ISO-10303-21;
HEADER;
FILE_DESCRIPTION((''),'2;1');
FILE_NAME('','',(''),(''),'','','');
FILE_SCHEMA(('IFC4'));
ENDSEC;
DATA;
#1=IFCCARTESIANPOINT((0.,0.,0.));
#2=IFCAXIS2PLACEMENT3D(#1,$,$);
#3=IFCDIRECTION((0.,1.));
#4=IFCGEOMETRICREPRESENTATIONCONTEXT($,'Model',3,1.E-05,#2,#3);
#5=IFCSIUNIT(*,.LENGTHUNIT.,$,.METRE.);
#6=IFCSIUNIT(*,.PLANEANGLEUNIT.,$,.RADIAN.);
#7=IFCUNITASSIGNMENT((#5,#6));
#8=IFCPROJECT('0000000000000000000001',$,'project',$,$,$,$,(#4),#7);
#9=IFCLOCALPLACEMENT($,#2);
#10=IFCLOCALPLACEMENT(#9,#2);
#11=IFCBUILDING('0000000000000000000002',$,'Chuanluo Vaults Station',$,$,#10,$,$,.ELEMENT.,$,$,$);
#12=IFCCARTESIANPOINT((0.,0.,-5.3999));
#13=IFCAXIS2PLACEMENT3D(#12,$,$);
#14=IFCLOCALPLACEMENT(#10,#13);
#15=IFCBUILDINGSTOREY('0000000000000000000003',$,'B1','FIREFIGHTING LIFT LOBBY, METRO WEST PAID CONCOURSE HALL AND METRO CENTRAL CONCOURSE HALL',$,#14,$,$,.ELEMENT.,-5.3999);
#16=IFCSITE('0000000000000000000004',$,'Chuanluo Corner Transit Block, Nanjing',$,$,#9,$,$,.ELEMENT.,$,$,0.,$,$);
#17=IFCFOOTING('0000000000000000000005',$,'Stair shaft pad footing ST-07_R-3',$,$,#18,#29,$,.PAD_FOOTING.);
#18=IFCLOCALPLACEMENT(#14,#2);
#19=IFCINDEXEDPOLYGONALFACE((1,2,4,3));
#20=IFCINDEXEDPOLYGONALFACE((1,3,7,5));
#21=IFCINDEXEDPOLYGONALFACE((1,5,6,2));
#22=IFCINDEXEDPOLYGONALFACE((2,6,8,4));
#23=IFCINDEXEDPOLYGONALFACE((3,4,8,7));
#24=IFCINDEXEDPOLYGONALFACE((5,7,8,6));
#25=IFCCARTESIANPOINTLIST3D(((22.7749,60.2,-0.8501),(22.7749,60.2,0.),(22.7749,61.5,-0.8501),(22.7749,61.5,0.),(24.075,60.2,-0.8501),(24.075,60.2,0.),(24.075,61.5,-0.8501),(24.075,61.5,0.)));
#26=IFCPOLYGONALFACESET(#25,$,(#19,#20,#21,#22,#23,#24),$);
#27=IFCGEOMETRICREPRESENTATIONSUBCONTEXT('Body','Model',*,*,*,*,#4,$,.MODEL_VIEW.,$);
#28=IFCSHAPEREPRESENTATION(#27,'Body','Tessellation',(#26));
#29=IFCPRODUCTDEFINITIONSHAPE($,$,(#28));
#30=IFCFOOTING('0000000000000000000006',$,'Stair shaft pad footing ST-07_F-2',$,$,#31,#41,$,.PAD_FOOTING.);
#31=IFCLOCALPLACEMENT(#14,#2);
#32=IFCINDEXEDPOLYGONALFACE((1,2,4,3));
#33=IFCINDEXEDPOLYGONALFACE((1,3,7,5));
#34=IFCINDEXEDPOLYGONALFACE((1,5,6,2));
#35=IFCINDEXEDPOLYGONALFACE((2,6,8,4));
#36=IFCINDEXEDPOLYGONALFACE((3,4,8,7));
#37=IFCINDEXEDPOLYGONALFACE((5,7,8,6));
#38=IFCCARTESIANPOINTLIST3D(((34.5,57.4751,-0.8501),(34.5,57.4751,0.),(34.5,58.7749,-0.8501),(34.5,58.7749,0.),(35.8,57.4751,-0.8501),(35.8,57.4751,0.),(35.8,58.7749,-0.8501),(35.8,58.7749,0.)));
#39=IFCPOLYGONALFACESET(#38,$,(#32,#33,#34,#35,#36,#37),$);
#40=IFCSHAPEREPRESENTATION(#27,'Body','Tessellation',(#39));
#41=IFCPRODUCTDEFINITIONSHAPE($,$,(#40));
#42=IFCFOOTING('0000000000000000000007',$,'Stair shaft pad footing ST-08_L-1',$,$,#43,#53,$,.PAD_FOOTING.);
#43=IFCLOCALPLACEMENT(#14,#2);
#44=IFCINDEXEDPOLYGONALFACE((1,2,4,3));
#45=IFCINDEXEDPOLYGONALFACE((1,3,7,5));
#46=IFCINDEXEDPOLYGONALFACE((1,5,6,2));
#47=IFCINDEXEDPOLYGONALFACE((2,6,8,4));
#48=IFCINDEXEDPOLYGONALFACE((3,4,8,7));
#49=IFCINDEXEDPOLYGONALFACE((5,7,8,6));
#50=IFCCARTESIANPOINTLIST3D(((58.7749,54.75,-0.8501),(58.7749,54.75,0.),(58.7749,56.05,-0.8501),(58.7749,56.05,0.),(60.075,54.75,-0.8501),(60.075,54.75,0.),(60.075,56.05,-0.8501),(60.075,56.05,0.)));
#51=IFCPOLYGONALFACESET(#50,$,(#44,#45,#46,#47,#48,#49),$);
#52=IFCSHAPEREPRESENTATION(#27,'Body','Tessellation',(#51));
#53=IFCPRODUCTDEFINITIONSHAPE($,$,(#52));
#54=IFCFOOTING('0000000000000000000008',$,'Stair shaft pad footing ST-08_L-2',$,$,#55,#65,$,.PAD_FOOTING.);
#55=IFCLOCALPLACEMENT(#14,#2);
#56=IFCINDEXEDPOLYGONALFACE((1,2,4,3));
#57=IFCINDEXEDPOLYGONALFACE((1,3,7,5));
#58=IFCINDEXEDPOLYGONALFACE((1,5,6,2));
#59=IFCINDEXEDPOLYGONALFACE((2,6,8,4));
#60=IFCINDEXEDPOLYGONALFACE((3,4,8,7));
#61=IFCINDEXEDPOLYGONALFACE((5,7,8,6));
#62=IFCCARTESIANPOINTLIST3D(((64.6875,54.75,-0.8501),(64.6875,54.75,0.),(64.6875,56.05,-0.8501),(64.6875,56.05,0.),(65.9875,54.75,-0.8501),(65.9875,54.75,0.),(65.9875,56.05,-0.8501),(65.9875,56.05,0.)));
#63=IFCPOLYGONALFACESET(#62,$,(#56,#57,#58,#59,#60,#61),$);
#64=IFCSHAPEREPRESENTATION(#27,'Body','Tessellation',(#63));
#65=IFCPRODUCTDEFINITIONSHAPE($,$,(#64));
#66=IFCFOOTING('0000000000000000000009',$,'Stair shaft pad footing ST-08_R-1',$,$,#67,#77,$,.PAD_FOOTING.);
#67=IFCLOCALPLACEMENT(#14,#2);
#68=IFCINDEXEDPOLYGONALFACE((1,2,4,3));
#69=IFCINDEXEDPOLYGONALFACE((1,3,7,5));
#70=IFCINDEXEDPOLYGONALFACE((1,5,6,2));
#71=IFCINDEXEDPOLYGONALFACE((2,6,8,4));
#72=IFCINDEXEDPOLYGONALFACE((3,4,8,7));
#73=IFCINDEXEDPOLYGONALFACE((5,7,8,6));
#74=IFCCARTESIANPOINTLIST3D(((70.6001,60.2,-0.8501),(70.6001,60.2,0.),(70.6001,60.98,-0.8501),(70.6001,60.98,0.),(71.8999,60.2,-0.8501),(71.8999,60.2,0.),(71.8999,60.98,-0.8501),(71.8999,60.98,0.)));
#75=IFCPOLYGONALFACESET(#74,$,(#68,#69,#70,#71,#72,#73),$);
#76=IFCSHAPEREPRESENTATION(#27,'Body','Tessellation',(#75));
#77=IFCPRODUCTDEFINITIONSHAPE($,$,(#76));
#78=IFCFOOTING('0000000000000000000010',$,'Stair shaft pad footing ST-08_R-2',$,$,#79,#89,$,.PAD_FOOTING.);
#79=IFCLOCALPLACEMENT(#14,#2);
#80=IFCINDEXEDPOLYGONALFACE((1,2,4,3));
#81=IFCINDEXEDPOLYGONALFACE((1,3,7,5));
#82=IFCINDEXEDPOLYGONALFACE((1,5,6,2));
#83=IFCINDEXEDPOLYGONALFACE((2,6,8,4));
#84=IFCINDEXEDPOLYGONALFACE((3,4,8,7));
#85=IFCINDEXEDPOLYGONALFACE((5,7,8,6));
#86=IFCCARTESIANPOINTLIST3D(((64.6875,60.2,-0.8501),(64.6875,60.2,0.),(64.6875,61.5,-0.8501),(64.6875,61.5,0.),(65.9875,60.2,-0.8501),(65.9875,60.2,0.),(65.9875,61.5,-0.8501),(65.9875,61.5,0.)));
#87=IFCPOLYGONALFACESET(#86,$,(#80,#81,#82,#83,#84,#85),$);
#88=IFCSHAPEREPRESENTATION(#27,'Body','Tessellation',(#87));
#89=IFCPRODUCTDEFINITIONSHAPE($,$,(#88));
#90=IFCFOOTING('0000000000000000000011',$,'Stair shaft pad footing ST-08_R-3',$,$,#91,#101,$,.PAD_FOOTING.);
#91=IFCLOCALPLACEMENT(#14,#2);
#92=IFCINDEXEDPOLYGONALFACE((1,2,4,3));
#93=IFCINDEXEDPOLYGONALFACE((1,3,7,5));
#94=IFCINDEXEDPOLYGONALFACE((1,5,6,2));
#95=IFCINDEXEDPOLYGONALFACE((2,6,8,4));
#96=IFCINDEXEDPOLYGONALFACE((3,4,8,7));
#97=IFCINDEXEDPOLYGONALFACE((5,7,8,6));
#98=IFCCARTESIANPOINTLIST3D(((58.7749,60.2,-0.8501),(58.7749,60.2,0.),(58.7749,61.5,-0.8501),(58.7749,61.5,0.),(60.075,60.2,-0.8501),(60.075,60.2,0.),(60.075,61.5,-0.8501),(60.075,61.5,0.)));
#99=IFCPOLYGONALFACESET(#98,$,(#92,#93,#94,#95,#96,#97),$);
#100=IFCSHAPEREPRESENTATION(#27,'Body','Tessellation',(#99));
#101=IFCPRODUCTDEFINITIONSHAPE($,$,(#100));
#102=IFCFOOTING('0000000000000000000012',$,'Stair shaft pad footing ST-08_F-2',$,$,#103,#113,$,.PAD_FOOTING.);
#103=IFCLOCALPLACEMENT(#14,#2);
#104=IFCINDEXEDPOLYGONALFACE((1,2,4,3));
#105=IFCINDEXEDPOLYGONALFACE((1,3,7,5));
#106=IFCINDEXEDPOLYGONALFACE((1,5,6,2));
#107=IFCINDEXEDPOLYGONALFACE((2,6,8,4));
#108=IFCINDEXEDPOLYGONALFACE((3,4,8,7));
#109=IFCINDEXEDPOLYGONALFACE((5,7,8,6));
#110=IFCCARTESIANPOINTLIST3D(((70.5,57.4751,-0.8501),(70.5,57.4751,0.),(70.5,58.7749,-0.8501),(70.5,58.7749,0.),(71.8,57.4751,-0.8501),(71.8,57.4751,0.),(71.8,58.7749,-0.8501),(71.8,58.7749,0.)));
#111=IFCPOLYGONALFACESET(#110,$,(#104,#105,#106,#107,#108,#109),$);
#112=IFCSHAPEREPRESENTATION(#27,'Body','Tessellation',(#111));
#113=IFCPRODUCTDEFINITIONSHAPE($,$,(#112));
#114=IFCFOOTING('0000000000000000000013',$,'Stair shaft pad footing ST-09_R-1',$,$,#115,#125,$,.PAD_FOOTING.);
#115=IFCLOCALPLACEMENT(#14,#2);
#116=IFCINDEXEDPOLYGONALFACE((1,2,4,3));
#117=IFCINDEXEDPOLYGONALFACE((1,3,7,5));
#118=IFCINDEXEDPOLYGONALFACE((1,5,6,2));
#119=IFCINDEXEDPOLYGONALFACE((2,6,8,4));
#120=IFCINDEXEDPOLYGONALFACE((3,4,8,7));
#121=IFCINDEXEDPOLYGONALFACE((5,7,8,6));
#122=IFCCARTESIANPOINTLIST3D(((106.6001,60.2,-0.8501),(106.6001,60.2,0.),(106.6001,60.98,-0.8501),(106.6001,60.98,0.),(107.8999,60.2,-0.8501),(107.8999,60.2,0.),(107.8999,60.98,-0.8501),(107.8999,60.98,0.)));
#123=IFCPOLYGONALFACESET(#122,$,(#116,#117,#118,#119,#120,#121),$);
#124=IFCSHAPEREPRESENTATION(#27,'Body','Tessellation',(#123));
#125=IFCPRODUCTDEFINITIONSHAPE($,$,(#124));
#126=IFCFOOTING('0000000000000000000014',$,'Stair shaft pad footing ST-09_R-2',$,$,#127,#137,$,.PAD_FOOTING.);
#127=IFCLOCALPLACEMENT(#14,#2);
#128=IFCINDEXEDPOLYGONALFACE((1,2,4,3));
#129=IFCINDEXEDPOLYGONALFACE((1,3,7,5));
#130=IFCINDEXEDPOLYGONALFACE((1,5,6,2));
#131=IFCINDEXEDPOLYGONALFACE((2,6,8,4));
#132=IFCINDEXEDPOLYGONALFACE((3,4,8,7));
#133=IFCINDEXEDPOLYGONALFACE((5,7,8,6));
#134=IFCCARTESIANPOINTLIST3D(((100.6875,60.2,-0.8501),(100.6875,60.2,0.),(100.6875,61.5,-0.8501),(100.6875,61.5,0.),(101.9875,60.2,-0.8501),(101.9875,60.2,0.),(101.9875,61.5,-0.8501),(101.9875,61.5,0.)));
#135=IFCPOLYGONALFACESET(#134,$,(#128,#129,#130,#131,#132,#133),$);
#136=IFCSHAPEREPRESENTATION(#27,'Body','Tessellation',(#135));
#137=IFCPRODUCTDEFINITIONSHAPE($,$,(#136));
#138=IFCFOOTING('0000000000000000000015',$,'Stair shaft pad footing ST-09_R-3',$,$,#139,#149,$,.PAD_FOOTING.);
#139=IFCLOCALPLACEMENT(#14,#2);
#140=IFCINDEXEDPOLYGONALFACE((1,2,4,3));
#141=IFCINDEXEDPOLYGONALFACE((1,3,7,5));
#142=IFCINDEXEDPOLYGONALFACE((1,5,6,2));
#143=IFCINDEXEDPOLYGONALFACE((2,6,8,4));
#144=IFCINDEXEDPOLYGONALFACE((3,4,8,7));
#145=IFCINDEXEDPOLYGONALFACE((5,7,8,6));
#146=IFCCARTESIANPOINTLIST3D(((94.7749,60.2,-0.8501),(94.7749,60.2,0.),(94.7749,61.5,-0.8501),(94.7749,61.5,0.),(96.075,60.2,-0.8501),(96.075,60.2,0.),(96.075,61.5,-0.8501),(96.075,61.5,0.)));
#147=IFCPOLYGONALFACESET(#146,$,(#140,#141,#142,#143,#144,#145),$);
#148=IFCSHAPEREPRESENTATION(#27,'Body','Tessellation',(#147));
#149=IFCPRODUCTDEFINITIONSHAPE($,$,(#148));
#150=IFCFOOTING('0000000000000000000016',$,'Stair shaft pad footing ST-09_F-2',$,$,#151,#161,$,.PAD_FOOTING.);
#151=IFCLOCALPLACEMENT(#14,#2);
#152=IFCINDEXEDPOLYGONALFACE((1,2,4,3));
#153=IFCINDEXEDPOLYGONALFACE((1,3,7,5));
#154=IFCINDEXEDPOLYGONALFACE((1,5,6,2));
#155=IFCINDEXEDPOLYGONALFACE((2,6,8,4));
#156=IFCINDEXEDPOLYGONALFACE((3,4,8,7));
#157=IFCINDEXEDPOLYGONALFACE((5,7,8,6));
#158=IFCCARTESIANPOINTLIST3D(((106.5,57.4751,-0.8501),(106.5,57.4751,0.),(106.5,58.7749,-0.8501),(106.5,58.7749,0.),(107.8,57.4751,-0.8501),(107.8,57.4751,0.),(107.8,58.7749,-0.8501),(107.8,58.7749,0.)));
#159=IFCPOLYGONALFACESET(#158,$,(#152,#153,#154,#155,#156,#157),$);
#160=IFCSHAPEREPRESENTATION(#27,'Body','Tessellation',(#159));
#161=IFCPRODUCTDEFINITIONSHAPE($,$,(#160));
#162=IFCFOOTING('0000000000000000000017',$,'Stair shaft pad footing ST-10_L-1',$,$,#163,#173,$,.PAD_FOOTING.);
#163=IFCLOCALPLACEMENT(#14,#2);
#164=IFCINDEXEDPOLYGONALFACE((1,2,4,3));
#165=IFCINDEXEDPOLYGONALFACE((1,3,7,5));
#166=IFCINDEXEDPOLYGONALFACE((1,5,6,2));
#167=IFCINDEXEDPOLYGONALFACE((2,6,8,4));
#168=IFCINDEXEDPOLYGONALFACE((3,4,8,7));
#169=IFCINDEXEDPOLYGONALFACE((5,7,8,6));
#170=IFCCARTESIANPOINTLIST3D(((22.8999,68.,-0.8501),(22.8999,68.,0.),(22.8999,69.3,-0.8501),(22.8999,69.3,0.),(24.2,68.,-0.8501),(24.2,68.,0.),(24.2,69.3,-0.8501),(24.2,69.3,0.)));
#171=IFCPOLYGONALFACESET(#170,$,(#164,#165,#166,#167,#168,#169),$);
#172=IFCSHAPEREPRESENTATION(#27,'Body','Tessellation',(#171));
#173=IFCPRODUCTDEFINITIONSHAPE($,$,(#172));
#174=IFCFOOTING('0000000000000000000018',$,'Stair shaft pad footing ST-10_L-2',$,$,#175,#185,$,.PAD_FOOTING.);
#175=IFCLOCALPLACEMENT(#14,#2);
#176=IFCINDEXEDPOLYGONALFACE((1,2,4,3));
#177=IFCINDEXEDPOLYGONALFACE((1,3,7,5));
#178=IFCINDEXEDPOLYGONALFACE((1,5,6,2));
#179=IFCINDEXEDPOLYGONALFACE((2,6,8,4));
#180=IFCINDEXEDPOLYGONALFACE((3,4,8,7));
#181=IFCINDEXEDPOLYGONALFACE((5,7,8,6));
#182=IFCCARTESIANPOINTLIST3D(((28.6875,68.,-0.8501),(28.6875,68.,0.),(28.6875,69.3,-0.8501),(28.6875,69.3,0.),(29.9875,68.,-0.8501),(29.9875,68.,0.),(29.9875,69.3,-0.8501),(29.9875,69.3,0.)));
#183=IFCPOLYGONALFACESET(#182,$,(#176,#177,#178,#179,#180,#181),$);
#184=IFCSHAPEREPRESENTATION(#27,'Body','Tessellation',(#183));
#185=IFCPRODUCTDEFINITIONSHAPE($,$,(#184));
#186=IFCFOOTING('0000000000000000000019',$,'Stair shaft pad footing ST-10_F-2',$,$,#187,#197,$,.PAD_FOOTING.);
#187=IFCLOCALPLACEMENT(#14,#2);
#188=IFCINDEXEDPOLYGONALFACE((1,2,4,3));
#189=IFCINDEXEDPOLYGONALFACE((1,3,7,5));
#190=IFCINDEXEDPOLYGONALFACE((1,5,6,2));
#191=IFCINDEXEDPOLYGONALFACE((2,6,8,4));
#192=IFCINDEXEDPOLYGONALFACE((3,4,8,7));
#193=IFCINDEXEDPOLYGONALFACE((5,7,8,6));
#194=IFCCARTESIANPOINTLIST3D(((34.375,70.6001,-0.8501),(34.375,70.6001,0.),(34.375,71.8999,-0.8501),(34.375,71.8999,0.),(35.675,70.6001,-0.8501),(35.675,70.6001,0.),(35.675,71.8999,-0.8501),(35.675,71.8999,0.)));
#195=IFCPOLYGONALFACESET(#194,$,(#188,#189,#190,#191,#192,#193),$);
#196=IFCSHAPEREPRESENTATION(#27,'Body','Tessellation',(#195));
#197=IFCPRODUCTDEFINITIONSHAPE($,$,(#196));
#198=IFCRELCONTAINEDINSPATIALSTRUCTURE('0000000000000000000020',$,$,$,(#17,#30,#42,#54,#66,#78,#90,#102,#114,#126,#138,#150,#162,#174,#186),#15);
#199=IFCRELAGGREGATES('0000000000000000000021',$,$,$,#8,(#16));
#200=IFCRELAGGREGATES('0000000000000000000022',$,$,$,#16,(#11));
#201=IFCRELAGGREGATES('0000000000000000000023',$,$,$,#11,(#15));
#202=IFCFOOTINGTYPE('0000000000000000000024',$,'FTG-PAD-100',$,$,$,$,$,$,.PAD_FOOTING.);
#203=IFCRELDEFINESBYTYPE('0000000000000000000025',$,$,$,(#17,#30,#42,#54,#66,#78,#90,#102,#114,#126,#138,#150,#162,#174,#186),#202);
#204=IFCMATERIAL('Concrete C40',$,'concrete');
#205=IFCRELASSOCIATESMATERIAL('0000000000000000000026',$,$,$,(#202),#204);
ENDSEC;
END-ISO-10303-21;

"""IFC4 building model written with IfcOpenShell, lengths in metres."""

from ifc_helpers import new_model, si_unit, direction, frame, origin, place, context, subcontext, project, spatial, polyline, outline, extrude, material, type_object, element, save


model = new_model("IFC4")

# Units and contexts
model_context = context("Model", 3, precision=1e-05, world=origin(), true_north=direction((0.0, 1.0)))
body_context = subcontext(model_context, "Body", "Model", "MODEL_VIEW")
ifc_project = project(units=[si_unit("LENGTHUNIT", "METRE"), si_unit("PLANEANGLEUNIT", "RADIAN")], contexts=[model_context])

# Site, building, storey
site_placement = place(None, origin())
site = spatial("IfcSite", under=ifc_project, at=site_placement, Name="Chuanluo Corner Transit Block, Nanjing", CompositionType="ELEMENT", RefElevation=0.0)
building_placement = place(site_placement, origin())
building = spatial("IfcBuilding", under=site, at=building_placement, Name="Chuanluo Vaults Station", CompositionType="ELEMENT")
storey_placement = place(building_placement, frame((0.0, 0.0, -5.3999)))
storey = spatial("IfcBuildingStorey", under=building, at=storey_placement, Name="B1", Description="FIREFIGHTING LIFT LOBBY, METRO WEST PAID CONCOURSE HALL AND METRO CENTRAL CONCOURSE HALL", CompositionType="ELEMENT", Elevation=-5.3999)

# Footings
ifc_material_1 = material(Name="Concrete C40", Category="concrete")
footing_type_1 = type_object("IfcFootingType", Name="FTG-PAD-100", PredefinedType="PAD_FOOTING", material=ifc_material_1)
footing_1_placement = place(storey_placement, frame((0.0, 0.0, -0.8501)))
element("IfcFooting", 1, at=footing_1_placement, inside=storey, type_object=footing_type_1, Name="Stair shaft pad footing ST-07_R-3", PredefinedType="PAD_FOOTING", context=body_context, shape_type="SweptSolid", body=[
    extrude(outline(polyline([(22.7749, 60.2), (24.075, 60.2), (24.075, 61.5), (22.7749, 61.5), (22.7749, 60.2)])), origin(), (0.0, 0.0, 1.0), 0.8501),
])
footing_2_placement = place(storey_placement, frame((0.0, 0.0, -0.8501)))
element("IfcFooting", 2, at=footing_2_placement, inside=storey, type_object=footing_type_1, Name="Stair shaft pad footing ST-07_F-2", PredefinedType="PAD_FOOTING", context=body_context, shape_type="SweptSolid", body=[
    extrude(outline(polyline([(34.5, 57.4751), (35.8, 57.4751), (35.8, 58.7749), (34.5, 58.7749), (34.5, 57.4751)])), origin(), (0.0, 0.0, 1.0), 0.8501),
])
footing_3_placement = place(storey_placement, frame((0.0, 0.0, -0.8501)))
element("IfcFooting", 3, at=footing_3_placement, inside=storey, type_object=footing_type_1, Name="Stair shaft pad footing ST-08_L-1", PredefinedType="PAD_FOOTING", context=body_context, shape_type="SweptSolid", body=[
    extrude(outline(polyline([(58.7749, 54.75), (60.075, 54.75), (60.075, 56.05), (58.7749, 56.05), (58.7749, 54.75)])), origin(), (0.0, 0.0, 1.0), 0.8501),
])
footing_4_placement = place(storey_placement, frame((0.0, 0.0, -0.8501)))
element("IfcFooting", 4, at=footing_4_placement, inside=storey, type_object=footing_type_1, Name="Stair shaft pad footing ST-08_L-2", PredefinedType="PAD_FOOTING", context=body_context, shape_type="SweptSolid", body=[
    extrude(outline(polyline([(64.6875, 54.75), (65.9875, 54.75), (65.9875, 56.05), (64.6875, 56.05), (64.6875, 54.75)])), origin(), (0.0, 0.0, 1.0), 0.8501),
])
footing_5_placement = place(storey_placement, frame((0.0, 0.0, -0.8501)))
element("IfcFooting", 5, at=footing_5_placement, inside=storey, type_object=footing_type_1, Name="Stair shaft pad footing ST-08_R-1", PredefinedType="PAD_FOOTING", context=body_context, shape_type="SweptSolid", body=[
    extrude(outline(polyline([(70.6001, 60.2), (71.8999, 60.2), (71.8999, 60.98), (70.6001, 60.98), (70.6001, 60.2)])), origin(), (0.0, 0.0, 1.0), 0.8501),
])
footing_6_placement = place(storey_placement, frame((0.0, 0.0, -0.8501)))
element("IfcFooting", 6, at=footing_6_placement, inside=storey, type_object=footing_type_1, Name="Stair shaft pad footing ST-08_R-2", PredefinedType="PAD_FOOTING", context=body_context, shape_type="SweptSolid", body=[
    extrude(outline(polyline([(64.6875, 60.2), (65.9875, 60.2), (65.9875, 61.5), (64.6875, 61.5), (64.6875, 60.2)])), origin(), (0.0, 0.0, 1.0), 0.8501),
])
footing_7_placement = place(storey_placement, frame((0.0, 0.0, -0.8501)))
element("IfcFooting", 7, at=footing_7_placement, inside=storey, type_object=footing_type_1, Name="Stair shaft pad footing ST-08_R-3", PredefinedType="PAD_FOOTING", context=body_context, shape_type="SweptSolid", body=[
    extrude(outline(polyline([(58.7749, 60.2), (60.075, 60.2), (60.075, 61.5), (58.7749, 61.5), (58.7749, 60.2)])), origin(), (0.0, 0.0, 1.0), 0.8501),
])
footing_8_placement = place(storey_placement, frame((0.0, 0.0, -0.8501)))
element("IfcFooting", 8, at=footing_8_placement, inside=storey, type_object=footing_type_1, Name="Stair shaft pad footing ST-08_F-2", PredefinedType="PAD_FOOTING", context=body_context, shape_type="SweptSolid", body=[
    extrude(outline(polyline([(70.5, 57.4751), (71.8, 57.4751), (71.8, 58.7749), (70.5, 58.7749), (70.5, 57.4751)])), origin(), (0.0, 0.0, 1.0), 0.8501),
])
footing_9_placement = place(storey_placement, frame((0.0, 0.0, -0.8501)))
element("IfcFooting", 9, at=footing_9_placement, inside=storey, type_object=footing_type_1, Name="Stair shaft pad footing ST-09_R-1", PredefinedType="PAD_FOOTING", context=body_context, shape_type="SweptSolid", body=[
    extrude(outline(polyline([(106.6001, 60.2), (107.8999, 60.2), (107.8999, 60.98), (106.6001, 60.98), (106.6001, 60.2)])), origin(), (0.0, 0.0, 1.0), 0.8501),
])
footing_10_placement = place(storey_placement, frame((0.0, 0.0, -0.8501)))
element("IfcFooting", 10, at=footing_10_placement, inside=storey, type_object=footing_type_1, Name="Stair shaft pad footing ST-09_R-2", PredefinedType="PAD_FOOTING", context=body_context, shape_type="SweptSolid", body=[
    extrude(outline(polyline([(100.6875, 60.2), (101.9875, 60.2), (101.9875, 61.5), (100.6875, 61.5), (100.6875, 60.2)])), origin(), (0.0, 0.0, 1.0), 0.8501),
])
footing_11_placement = place(storey_placement, frame((0.0, 0.0, -0.8501)))
element("IfcFooting", 11, at=footing_11_placement, inside=storey, type_object=footing_type_1, Name="Stair shaft pad footing ST-09_R-3", PredefinedType="PAD_FOOTING", context=body_context, shape_type="SweptSolid", body=[
    extrude(outline(polyline([(94.7749, 60.2), (96.075, 60.2), (96.075, 61.5), (94.7749, 61.5), (94.7749, 60.2)])), origin(), (0.0, 0.0, 1.0), 0.8501),
])
footing_12_placement = place(storey_placement, frame((0.0, 0.0, -0.8501)))
element("IfcFooting", 12, at=footing_12_placement, inside=storey, type_object=footing_type_1, Name="Stair shaft pad footing ST-09_F-2", PredefinedType="PAD_FOOTING", context=body_context, shape_type="SweptSolid", body=[
    extrude(outline(polyline([(106.5, 57.4751), (107.8, 57.4751), (107.8, 58.7749), (106.5, 58.7749), (106.5, 57.4751)])), origin(), (0.0, 0.0, 1.0), 0.8501),
])
footing_13_placement = place(storey_placement, frame((0.0, 0.0, -0.8501)))
element("IfcFooting", 13, at=footing_13_placement, inside=storey, type_object=footing_type_1, Name="Stair shaft pad footing ST-10_L-1", PredefinedType="PAD_FOOTING", context=body_context, shape_type="SweptSolid", body=[
    extrude(outline(polyline([(22.8999, 68.0), (24.2, 68.0), (24.2, 69.3), (22.8999, 69.3), (22.8999, 68.0)])), origin(), (0.0, 0.0, 1.0), 0.8501),
])
footing_14_placement = place(storey_placement, frame((0.0, 0.0, -0.8501)))
element("IfcFooting", 14, at=footing_14_placement, inside=storey, type_object=footing_type_1, Name="Stair shaft pad footing ST-10_L-2", PredefinedType="PAD_FOOTING", context=body_context, shape_type="SweptSolid", body=[
    extrude(outline(polyline([(28.6875, 68.0), (29.9875, 68.0), (29.9875, 69.3), (28.6875, 69.3), (28.6875, 68.0)])), origin(), (0.0, 0.0, 1.0), 0.8501),
])
footing_15_placement = place(storey_placement, frame((0.0, 0.0, -0.8501)))
element("IfcFooting", 15, at=footing_15_placement, inside=storey, type_object=footing_type_1, Name="Stair shaft pad footing ST-10_F-2", PredefinedType="PAD_FOOTING", context=body_context, shape_type="SweptSolid", body=[
    extrude(outline(polyline([(34.375, 70.6001), (35.675, 70.6001), (35.675, 71.8999), (34.375, 71.8999), (34.375, 70.6001)])), origin(), (0.0, 0.0, 1.0), 0.8501),
])

save(model, "model.ifc")
